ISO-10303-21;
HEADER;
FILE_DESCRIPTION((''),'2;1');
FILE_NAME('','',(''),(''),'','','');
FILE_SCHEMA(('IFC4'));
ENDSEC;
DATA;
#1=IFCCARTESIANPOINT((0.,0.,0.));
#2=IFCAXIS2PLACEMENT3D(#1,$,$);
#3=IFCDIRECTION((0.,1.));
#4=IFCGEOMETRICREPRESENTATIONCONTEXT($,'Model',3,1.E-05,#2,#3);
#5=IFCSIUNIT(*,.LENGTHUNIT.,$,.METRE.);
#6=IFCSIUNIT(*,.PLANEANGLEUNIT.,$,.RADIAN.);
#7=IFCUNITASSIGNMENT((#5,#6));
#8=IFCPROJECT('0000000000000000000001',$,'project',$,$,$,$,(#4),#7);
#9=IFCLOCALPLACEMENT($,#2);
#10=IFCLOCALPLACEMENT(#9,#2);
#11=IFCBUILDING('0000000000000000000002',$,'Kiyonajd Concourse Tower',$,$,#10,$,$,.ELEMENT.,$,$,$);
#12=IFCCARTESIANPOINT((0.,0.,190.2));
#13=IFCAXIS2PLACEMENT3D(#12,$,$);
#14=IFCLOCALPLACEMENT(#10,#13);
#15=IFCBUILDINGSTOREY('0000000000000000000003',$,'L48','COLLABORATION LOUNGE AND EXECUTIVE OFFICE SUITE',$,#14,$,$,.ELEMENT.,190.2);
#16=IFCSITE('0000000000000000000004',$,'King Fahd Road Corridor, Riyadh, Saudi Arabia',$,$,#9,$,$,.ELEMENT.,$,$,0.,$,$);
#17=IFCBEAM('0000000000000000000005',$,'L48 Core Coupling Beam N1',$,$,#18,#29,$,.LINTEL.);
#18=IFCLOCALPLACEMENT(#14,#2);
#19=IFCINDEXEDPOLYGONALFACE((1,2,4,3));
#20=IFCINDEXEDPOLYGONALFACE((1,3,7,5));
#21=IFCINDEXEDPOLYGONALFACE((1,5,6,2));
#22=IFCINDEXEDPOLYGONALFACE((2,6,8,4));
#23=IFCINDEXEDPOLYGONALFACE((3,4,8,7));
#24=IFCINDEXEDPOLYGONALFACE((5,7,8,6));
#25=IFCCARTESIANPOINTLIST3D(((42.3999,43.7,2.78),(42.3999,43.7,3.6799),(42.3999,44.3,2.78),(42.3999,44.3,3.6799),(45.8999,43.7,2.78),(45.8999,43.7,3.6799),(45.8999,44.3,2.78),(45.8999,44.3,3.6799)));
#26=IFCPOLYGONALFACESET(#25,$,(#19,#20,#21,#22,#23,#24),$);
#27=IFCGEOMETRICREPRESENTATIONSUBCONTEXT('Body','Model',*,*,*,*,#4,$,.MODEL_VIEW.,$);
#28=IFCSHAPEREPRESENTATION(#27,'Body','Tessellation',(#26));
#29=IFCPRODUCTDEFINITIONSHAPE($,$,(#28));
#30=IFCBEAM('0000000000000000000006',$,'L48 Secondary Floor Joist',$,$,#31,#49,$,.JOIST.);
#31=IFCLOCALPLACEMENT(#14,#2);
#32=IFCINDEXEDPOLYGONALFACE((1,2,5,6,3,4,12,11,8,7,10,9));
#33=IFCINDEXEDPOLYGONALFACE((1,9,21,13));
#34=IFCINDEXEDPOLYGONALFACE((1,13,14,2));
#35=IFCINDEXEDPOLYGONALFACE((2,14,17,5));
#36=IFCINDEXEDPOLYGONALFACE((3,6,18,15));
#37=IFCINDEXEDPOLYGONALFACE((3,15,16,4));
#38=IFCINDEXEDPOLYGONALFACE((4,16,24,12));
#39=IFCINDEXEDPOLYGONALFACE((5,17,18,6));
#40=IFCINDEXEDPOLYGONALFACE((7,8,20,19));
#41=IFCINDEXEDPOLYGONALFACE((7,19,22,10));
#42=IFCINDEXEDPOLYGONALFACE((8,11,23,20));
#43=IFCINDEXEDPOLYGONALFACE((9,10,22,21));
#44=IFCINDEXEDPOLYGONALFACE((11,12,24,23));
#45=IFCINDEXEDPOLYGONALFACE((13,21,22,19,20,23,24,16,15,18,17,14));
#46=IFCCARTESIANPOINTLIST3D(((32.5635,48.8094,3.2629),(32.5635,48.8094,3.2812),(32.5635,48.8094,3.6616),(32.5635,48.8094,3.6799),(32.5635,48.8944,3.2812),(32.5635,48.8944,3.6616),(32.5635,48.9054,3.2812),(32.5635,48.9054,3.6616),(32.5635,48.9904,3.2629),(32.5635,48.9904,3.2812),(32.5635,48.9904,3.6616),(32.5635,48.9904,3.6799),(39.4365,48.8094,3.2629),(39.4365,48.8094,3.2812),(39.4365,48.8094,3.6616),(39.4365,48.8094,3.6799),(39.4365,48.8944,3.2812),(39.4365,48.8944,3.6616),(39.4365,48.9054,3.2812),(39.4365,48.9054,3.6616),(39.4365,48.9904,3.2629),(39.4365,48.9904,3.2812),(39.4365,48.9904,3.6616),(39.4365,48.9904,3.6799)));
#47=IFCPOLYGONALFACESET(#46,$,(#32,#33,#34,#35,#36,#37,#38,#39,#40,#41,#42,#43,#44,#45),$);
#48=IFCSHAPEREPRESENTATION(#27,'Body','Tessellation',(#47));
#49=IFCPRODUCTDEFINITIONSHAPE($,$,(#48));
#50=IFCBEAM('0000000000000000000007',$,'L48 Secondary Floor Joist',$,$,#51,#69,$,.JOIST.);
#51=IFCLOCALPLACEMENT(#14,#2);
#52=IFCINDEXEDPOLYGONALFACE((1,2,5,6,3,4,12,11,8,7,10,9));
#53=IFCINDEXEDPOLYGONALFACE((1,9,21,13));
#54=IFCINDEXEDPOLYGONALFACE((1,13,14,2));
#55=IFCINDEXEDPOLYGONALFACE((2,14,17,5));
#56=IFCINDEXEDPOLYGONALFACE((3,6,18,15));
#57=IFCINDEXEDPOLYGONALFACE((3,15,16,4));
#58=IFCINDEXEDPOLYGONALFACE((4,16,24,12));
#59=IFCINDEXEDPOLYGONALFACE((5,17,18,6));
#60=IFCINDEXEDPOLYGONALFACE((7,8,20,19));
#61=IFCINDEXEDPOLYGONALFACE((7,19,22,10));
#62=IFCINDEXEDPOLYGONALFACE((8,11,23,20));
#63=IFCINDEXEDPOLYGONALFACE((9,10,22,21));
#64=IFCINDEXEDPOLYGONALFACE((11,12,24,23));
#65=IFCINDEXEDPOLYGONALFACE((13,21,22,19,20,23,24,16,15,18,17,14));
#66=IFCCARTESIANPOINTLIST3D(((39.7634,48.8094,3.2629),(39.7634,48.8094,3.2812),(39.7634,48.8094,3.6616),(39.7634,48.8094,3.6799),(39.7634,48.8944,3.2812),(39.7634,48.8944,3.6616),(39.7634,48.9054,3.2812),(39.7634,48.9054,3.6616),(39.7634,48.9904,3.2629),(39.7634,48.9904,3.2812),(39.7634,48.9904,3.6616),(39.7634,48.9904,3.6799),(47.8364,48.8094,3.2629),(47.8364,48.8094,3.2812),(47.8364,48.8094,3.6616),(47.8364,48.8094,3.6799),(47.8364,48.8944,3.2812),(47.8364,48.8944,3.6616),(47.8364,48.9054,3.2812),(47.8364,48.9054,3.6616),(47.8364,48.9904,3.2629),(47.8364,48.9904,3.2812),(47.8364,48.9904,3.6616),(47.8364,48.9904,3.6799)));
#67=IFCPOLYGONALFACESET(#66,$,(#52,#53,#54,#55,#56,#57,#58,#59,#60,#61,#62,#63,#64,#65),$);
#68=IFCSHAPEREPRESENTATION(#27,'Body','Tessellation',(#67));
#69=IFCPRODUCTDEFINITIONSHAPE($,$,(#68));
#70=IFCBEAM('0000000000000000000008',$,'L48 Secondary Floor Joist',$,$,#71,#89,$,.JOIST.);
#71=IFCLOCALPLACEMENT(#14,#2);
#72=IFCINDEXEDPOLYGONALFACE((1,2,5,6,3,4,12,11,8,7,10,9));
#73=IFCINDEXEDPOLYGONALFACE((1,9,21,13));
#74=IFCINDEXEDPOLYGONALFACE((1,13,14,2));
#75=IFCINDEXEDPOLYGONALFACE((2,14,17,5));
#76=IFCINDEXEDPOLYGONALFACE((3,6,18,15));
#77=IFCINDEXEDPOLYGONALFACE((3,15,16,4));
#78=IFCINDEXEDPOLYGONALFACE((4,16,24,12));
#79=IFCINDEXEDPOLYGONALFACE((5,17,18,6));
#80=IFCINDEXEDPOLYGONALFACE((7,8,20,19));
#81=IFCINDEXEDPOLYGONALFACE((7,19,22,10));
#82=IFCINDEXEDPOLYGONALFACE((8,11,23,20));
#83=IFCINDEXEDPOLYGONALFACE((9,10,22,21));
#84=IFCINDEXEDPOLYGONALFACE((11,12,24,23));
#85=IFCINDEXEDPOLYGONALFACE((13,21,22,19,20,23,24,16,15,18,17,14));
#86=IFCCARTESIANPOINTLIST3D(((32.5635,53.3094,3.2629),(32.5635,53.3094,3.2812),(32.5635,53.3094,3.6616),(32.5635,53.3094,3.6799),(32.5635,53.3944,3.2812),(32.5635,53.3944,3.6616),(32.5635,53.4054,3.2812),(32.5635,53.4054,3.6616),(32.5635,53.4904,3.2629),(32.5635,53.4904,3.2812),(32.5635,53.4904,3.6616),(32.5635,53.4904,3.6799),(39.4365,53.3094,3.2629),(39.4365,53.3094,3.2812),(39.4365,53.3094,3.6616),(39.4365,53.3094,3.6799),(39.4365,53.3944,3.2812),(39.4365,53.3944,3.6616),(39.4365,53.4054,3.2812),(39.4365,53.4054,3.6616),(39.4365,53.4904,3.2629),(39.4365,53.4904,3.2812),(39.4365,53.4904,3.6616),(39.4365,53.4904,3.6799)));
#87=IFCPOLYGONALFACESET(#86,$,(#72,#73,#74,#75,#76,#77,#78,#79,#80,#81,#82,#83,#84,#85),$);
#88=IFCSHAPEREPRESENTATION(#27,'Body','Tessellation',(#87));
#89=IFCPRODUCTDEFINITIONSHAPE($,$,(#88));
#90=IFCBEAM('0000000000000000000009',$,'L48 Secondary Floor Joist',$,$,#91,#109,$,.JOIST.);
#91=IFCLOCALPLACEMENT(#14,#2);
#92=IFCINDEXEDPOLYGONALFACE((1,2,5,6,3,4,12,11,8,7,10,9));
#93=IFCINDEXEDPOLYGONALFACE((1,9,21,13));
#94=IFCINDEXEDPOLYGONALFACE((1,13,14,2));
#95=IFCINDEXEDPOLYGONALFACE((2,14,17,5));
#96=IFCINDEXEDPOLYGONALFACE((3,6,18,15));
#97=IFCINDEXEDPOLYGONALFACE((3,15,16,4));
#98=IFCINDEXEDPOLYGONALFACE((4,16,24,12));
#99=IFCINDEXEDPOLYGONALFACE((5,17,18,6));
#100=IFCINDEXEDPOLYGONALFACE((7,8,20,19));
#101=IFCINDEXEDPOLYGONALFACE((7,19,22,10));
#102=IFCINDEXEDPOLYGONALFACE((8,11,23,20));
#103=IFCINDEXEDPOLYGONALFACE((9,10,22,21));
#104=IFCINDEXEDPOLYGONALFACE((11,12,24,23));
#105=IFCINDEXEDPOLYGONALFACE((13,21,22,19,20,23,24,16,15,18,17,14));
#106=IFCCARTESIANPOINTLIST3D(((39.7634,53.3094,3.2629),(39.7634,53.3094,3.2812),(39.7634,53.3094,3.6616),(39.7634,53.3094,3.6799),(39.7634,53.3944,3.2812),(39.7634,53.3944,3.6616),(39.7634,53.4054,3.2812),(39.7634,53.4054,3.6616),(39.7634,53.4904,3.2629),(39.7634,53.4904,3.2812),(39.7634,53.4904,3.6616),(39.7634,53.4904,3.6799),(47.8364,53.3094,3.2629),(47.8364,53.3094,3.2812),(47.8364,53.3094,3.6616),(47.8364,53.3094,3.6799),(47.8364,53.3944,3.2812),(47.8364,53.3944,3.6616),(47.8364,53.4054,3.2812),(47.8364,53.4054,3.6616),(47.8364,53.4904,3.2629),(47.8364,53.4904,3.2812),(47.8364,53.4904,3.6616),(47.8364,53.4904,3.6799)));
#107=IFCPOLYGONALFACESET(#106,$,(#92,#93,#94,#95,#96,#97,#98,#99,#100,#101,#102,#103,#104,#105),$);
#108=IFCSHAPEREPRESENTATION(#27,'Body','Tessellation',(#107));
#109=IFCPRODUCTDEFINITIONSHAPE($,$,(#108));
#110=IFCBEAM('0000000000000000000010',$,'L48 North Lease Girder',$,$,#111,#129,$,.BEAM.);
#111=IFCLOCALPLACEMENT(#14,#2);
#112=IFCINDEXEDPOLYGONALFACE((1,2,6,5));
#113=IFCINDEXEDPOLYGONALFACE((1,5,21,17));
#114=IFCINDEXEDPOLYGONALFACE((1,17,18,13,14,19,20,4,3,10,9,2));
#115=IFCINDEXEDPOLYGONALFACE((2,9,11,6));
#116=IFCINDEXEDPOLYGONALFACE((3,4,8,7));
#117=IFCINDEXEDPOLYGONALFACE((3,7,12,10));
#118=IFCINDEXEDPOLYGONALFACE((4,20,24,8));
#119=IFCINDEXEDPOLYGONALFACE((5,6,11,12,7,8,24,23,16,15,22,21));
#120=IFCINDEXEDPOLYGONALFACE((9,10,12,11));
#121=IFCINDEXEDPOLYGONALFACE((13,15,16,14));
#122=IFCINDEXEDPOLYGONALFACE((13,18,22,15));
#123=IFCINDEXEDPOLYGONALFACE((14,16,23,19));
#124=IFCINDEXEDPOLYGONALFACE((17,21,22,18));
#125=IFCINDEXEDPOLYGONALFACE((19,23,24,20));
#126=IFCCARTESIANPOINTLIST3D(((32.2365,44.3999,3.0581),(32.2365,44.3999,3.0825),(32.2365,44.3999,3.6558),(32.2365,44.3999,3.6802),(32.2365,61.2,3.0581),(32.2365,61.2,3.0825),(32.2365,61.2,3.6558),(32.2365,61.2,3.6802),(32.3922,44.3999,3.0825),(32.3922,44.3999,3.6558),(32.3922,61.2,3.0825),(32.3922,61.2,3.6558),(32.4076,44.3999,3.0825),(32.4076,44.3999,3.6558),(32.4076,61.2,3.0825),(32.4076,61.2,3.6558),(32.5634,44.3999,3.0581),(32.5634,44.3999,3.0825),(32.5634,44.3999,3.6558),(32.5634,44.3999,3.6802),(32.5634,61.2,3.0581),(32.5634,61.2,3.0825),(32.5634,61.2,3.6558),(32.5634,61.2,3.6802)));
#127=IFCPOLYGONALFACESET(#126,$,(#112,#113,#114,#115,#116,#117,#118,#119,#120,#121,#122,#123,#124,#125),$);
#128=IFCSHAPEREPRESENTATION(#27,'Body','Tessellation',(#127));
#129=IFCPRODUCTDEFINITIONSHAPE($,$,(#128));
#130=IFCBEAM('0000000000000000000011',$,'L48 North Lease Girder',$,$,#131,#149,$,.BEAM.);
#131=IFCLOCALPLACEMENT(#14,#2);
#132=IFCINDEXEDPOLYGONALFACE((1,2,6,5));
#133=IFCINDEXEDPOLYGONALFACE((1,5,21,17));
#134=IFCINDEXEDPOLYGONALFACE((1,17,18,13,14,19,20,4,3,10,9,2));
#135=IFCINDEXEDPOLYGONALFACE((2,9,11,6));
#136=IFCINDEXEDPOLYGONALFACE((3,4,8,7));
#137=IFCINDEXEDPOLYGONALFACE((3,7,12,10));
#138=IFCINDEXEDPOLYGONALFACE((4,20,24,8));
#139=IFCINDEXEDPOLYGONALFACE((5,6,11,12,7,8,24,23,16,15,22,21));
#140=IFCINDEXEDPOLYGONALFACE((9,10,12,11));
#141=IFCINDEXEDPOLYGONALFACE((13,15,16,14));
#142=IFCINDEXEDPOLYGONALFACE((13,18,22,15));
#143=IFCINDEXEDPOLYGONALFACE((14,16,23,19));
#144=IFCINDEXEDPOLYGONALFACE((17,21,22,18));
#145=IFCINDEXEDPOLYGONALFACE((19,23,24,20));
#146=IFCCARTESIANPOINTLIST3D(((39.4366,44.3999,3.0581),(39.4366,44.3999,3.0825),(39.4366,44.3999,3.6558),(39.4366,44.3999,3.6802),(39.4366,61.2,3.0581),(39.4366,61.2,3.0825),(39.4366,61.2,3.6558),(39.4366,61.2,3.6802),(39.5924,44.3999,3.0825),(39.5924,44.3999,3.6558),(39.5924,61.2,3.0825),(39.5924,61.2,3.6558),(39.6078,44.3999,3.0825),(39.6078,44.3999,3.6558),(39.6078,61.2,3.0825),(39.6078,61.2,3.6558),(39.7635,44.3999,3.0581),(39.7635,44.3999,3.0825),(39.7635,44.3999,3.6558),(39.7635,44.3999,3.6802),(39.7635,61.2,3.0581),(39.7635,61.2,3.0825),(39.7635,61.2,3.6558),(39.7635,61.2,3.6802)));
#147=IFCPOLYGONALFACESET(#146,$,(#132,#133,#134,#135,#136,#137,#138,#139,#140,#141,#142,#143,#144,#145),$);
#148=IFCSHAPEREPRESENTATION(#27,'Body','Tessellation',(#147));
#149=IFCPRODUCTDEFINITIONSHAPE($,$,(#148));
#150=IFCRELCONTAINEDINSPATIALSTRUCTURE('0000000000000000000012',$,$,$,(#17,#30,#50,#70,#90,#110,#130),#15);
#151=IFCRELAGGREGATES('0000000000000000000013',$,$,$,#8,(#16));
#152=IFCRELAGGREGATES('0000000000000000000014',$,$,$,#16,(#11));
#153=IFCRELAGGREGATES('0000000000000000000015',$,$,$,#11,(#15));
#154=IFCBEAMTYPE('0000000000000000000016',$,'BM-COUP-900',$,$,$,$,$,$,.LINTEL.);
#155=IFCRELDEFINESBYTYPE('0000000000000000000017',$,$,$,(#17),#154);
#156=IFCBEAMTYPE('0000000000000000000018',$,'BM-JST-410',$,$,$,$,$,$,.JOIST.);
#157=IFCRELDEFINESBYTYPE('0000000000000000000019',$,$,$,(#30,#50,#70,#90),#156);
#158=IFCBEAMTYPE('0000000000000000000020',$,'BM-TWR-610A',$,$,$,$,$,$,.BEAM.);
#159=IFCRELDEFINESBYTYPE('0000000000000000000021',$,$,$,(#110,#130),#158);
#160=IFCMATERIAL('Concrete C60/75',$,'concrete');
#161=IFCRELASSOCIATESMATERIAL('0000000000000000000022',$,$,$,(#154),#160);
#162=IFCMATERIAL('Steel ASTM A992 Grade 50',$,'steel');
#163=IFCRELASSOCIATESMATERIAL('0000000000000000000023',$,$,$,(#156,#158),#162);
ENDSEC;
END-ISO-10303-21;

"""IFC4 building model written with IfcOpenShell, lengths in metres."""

from ifc_helpers import new_model, si_unit, direction, frame, origin, origin_2d, place, context, subcontext, project, spatial, rectangle, i_section, extrude, material, material_profile, profile_set, type_object, element, save


model = new_model("IFC4")

# Units and contexts
model_context = context("Model", 3, precision=1e-05, world=origin(), true_north=direction((0.0, 1.0)))
body_context = subcontext(model_context, "Body", "Model", "MODEL_VIEW")
ifc_project = project(units=[si_unit("LENGTHUNIT", "METRE"), si_unit("PLANEANGLEUNIT", "RADIAN")], contexts=[model_context])

# Site, building, storey
site_placement = place(None, origin())
site = spatial("IfcSite", under=ifc_project, at=site_placement, Name="King Fahd Road Corridor, Riyadh, Saudi Arabia", CompositionType="ELEMENT", RefElevation=0.0)
building_placement = place(site_placement, origin())
building = spatial("IfcBuilding", under=site, at=building_placement, Name="Kiyonajd Concourse Tower", CompositionType="ELEMENT")
storey_placement = place(building_placement, frame((0.0, 0.0, 190.2)))
storey = spatial("IfcBuildingStorey", under=building, at=storey_placement, Name="L48", Description="COLLABORATION LOUNGE AND EXECUTIVE OFFICE SUITE", CompositionType="ELEMENT", Elevation=190.2)

# Beams
ifc_material_1 = material(Name="Concrete C60/75", Category="concrete")
ifc_material_profile_1 = material_profile(ifc_material_1, rectangle(XDim=0.6001, YDim=0.8999, at=origin_2d()), Name="RCBM-600x900")
ifc_profile_set_1 = profile_set([ifc_material_profile_1], Name="Concrete C60/75")
beam_type_1 = type_object("IfcBeamType", Name="BM-COUP-900", PredefinedType="LINTEL", material=ifc_profile_set_1)
beam_1_placement = place(storey_placement, frame((42.3999, 44.0, 3.23), z_axis=(1.0, 0.0, 0.0), x_axis=(0.0, 1.0, 0.0)))
element("IfcBeam", 1, at=beam_1_placement, inside=storey, type_object=beam_type_1, Name="L48 Core Coupling Beam N1", PredefinedType="LINTEL", context=body_context, shape_type="SweptSolid", body=[
    extrude(rectangle(XDim=0.6001, YDim=0.8999, at=origin_2d()), origin(), (0.0, 0.0, 1.0), 3.5),
])
ifc_material_2 = material(Name="Steel ASTM A992 Grade 50", Category="steel")
ifc_material_profile_2 = material_profile(ifc_material_2, i_section(OverallWidth=0.1809, OverallDepth=0.417, WebThickness=0.011, FlangeThickness=0.0183, at=origin_2d()), Name="W410X85")
ifc_profile_set_2 = profile_set([ifc_material_profile_2], Name="Steel ASTM A992 Grade 50")
beam_type_2 = type_object("IfcBeamType", Name="BM-JST-410", PredefinedType="JOIST", material=ifc_profile_set_2)
beam_2_placement = place(storey_placement, frame((32.5635, 48.8999, 3.4714), z_axis=(1.0, 0.0, 0.0), x_axis=(0.0, 1.0, 0.0)))
element("IfcBeam", 2, at=beam_2_placement, inside=storey, type_object=beam_type_2, Name="L48 Secondary Floor Joist", PredefinedType="JOIST", context=body_context, shape_type="SweptSolid", body=[
    extrude(i_section(OverallWidth=0.1809, OverallDepth=0.417, WebThickness=0.011, FlangeThickness=0.0183, at=origin_2d()), origin(), (0.0, 0.0, 1.0), 6.873),
])
beam_3_placement = place(storey_placement, frame((39.7634, 48.8999, 3.4714), z_axis=(1.0, 0.0, 0.0), x_axis=(0.0, 1.0, 0.0)))
element("IfcBeam", 3, at=beam_3_placement, inside=storey, type_object=beam_type_2, Name="L48 Secondary Floor Joist", PredefinedType="JOIST", context=body_context, shape_type="SweptSolid", body=[
    extrude(i_section(OverallWidth=0.1809, OverallDepth=0.417, WebThickness=0.011, FlangeThickness=0.0183, at=origin_2d()), origin(), (0.0, 0.0, 1.0), 8.073),
])
beam_4_placement = place(storey_placement, frame((32.5635, 53.3999, 3.4714), z_axis=(1.0, 0.0, 0.0), x_axis=(0.0, 1.0, 0.0)))
element("IfcBeam", 4, at=beam_4_placement, inside=storey, type_object=beam_type_2, Name="L48 Secondary Floor Joist", PredefinedType="JOIST", context=body_context, shape_type="SweptSolid", body=[
    extrude(i_section(OverallWidth=0.1809, OverallDepth=0.417, WebThickness=0.011, FlangeThickness=0.0183, at=origin_2d()), origin(), (0.0, 0.0, 1.0), 6.873),
])
beam_5_placement = place(storey_placement, frame((39.7634, 53.3999, 3.4714), z_axis=(1.0, 0.0, 0.0), x_axis=(0.0, 1.0, 0.0)))
element("IfcBeam", 5, at=beam_5_placement, inside=storey, type_object=beam_type_2, Name="L48 Secondary Floor Joist", PredefinedType="JOIST", context=body_context, shape_type="SweptSolid", body=[
    extrude(i_section(OverallWidth=0.1809, OverallDepth=0.417, WebThickness=0.011, FlangeThickness=0.0183, at=origin_2d()), origin(), (0.0, 0.0, 1.0), 8.073),
])
ifc_material_profile_3 = material_profile(ifc_material_2, i_section(OverallWidth=0.3269, OverallDepth=0.6221, WebThickness=0.0154, FlangeThickness=0.0244, at=origin_2d()), Name="W610X195")
ifc_profile_set_3 = profile_set([ifc_material_profile_3], Name="Steel ASTM A992 Grade 50")
beam_type_3 = type_object("IfcBeamType", Name="BM-TWR-610A", PredefinedType="BEAM", material=ifc_profile_set_3)
for number, where, z_axis, x_axis, name in (
    (6, (32.3999, 44.3999, 3.3691), (0.0, 1.0, 0.0), (-1.0, 0.0, 0.0), "L48 North Lease Girder"),
    (7, (39.6001, 44.3999, 3.3691), (0.0, 1.0, 0.0), (-1.0, 0.0, 0.0), "L48 North Lease Girder"),
):
    element("IfcBeam", number, at=place(storey_placement, frame(where, z_axis=z_axis, x_axis=x_axis)), inside=storey, type_object=beam_type_3, Name=name, PredefinedType="BEAM", context=body_context, shape_type="SweptSolid", body=[
        extrude(i_section(OverallWidth=0.3269, OverallDepth=0.6221, WebThickness=0.0154, FlangeThickness=0.0244, at=origin_2d()), origin(), (0.0, 0.0, 1.0), 16.8),
    ])

save(model, "model.ifc")
